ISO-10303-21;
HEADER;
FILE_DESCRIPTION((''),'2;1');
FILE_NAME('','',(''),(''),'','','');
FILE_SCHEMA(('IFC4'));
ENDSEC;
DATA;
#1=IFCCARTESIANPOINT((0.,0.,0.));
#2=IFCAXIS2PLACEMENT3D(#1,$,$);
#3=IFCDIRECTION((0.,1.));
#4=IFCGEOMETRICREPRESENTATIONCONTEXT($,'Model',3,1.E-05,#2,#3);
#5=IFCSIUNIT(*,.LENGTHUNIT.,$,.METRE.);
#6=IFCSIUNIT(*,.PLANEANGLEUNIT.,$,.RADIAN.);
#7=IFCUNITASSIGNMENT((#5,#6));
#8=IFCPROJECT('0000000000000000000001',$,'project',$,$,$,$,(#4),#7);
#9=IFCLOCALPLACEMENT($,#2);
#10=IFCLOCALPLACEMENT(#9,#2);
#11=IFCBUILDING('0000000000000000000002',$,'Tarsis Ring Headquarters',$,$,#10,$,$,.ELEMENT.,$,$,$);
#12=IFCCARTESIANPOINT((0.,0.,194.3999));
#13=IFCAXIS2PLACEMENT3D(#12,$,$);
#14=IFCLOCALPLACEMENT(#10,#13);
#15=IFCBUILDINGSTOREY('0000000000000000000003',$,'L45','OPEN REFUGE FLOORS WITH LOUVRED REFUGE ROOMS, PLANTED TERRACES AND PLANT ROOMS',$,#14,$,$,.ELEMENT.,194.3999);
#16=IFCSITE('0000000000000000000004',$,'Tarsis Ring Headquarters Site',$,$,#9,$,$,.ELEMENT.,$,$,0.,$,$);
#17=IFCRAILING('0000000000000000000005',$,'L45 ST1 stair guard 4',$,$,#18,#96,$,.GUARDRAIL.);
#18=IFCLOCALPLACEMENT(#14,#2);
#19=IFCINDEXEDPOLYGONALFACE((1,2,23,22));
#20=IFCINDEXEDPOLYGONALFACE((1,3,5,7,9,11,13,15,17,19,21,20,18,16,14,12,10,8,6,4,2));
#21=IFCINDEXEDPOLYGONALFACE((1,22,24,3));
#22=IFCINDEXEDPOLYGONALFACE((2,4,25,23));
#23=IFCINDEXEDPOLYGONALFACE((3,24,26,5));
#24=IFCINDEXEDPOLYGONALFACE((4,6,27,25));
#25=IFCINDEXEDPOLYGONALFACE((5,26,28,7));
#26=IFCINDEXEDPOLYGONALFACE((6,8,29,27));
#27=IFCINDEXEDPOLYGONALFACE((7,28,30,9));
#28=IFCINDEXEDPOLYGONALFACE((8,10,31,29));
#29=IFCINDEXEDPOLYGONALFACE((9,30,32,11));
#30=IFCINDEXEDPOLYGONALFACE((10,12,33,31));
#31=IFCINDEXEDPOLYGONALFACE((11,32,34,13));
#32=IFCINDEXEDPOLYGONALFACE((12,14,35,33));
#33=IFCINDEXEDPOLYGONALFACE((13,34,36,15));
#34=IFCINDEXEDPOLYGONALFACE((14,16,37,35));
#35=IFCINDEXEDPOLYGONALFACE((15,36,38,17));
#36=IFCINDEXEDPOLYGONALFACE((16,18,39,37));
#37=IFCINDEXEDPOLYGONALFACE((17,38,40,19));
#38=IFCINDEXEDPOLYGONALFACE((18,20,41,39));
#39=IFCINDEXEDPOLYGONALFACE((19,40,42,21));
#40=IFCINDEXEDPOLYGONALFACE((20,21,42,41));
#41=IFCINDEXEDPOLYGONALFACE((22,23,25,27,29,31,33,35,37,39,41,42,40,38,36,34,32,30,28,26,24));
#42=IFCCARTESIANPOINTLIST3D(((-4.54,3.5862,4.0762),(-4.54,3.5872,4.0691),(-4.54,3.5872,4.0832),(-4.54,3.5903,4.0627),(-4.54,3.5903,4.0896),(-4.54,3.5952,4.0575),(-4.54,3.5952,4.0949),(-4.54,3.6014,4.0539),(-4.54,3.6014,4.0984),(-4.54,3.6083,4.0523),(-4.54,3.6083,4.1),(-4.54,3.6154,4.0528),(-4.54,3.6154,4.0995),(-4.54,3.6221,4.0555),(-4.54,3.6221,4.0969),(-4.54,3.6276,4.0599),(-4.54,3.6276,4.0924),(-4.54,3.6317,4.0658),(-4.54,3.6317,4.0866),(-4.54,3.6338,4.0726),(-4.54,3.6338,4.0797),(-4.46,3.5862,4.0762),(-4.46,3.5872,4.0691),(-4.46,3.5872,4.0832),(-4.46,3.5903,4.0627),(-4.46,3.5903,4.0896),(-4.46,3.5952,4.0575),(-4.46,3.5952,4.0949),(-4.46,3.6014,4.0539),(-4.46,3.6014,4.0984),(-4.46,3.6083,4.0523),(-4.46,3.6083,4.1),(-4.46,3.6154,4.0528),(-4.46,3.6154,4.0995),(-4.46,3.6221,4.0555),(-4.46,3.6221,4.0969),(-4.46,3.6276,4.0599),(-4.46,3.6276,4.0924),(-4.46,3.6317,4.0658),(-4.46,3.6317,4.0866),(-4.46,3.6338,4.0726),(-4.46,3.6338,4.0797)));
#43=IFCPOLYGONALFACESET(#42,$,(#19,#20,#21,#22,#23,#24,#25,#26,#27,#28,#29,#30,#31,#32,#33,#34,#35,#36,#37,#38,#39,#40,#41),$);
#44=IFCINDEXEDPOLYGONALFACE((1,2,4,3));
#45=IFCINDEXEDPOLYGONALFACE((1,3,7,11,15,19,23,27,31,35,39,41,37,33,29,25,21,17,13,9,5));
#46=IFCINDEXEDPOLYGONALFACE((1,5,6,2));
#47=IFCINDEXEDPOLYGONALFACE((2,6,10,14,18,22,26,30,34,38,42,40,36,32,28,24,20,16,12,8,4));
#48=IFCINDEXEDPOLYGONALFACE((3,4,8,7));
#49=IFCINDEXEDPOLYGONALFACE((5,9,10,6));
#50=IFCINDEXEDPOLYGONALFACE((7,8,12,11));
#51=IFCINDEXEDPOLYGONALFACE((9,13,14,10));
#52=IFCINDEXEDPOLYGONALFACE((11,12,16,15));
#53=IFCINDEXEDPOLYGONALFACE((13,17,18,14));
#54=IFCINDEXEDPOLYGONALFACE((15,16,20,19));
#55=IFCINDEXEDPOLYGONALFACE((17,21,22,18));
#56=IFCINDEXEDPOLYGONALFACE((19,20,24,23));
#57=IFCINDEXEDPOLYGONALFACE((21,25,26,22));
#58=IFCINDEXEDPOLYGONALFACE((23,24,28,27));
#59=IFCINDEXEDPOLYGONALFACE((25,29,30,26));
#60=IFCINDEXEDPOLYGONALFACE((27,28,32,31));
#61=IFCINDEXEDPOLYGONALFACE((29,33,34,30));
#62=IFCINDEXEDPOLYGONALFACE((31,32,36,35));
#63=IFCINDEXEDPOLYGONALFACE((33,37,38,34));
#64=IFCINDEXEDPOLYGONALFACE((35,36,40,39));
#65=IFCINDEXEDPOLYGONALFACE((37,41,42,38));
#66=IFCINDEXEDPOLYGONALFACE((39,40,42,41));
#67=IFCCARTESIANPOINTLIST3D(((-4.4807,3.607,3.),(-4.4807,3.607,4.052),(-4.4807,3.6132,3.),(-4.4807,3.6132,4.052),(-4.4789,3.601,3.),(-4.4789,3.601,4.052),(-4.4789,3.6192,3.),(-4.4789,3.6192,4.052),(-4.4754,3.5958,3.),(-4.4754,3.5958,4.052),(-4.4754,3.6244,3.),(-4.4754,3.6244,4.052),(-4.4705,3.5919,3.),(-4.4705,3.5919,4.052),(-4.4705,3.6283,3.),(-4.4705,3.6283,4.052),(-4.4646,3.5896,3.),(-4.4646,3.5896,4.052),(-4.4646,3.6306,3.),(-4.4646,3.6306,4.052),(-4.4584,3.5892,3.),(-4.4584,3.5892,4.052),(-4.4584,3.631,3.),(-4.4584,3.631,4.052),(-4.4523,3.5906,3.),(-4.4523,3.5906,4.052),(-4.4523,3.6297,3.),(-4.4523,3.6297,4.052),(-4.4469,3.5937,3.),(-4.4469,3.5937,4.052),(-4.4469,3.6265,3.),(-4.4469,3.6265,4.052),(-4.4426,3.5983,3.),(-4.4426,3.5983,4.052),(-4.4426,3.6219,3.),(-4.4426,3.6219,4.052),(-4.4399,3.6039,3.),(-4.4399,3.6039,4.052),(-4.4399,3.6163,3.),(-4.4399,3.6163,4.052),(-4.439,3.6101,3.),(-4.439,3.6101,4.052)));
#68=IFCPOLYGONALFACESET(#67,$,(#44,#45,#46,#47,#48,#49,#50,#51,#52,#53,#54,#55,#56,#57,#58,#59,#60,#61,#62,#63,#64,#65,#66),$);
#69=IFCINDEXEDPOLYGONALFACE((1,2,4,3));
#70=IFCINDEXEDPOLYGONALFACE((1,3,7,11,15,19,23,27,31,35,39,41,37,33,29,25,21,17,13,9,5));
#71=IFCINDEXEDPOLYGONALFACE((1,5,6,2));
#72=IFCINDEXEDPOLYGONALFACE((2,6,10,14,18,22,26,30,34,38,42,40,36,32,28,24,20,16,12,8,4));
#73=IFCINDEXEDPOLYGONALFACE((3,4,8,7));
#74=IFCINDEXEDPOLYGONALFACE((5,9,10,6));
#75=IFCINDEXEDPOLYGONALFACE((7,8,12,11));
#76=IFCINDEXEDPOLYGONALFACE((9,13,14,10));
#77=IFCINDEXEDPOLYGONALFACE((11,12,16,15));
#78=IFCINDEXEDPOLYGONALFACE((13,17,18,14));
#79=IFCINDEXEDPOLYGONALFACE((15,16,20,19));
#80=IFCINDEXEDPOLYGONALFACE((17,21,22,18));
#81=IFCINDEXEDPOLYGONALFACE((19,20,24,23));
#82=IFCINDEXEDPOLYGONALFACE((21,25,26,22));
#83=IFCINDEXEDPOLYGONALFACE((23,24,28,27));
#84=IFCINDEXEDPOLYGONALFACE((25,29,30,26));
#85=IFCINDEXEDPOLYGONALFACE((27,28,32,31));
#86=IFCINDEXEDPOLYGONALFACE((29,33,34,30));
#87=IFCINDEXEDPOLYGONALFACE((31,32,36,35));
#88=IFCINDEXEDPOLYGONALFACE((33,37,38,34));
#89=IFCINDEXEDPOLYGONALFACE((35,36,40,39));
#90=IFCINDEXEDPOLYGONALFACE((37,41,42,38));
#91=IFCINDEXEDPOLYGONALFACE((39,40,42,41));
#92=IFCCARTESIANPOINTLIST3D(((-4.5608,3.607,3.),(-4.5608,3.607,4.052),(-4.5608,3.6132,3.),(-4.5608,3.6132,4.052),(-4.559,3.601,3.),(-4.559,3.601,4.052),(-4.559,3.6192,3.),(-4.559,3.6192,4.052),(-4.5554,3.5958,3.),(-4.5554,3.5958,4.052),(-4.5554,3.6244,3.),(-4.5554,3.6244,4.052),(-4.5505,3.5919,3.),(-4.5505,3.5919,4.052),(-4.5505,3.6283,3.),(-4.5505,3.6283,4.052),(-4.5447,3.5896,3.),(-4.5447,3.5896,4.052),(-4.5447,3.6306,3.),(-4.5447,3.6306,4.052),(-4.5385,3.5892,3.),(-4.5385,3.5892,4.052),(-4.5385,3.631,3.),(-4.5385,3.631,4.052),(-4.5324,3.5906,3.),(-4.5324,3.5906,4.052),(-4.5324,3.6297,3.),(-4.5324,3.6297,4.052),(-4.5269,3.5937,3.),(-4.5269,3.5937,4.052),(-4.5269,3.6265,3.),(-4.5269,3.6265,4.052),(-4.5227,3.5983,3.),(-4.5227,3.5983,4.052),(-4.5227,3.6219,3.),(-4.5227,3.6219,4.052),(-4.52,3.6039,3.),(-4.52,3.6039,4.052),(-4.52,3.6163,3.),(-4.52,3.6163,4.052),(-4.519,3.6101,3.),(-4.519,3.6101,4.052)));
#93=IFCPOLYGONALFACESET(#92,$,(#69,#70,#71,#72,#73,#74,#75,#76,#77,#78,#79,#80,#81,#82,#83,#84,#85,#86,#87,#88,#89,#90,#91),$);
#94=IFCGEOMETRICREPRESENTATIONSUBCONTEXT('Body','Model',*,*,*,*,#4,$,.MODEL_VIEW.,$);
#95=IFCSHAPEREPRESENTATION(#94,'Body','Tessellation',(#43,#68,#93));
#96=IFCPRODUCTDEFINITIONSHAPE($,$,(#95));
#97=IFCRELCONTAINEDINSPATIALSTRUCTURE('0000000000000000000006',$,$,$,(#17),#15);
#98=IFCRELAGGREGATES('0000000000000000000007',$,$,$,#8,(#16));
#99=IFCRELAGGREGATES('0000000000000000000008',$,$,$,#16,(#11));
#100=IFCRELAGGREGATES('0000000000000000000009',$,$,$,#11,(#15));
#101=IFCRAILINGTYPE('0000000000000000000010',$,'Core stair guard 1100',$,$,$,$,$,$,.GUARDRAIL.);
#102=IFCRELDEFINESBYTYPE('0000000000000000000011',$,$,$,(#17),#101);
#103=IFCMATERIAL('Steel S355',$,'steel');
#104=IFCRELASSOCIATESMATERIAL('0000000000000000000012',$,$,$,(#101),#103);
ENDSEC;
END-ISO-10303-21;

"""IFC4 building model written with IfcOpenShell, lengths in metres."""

from ifc_helpers import new_model, si_unit, direction, frame, origin, origin_2d, place, context, subcontext, project, spatial, circle, extrude, material, type_object, element, save


model = new_model("IFC4")

# Units and contexts
model_context = context("Model", 3, precision=1e-05, world=origin(), true_north=direction((0.0, 1.0)))
body_context = subcontext(model_context, "Body", "Model", "MODEL_VIEW")
ifc_project = project(units=[si_unit("LENGTHUNIT", "METRE"), si_unit("PLANEANGLEUNIT", "RADIAN")], contexts=[model_context])

# Site, building, storey
site_placement = place(None, origin())
site = spatial("IfcSite", under=ifc_project, at=site_placement, Name="Tarsis Ring Headquarters Site", CompositionType="ELEMENT", RefElevation=0.0)
building_placement = place(site_placement, origin())
building = spatial("IfcBuilding", under=site, at=building_placement, Name="Tarsis Ring Headquarters", CompositionType="ELEMENT")
storey_placement = place(building_placement, frame((0.0, 0.0, 194.3999)))
storey = spatial("IfcBuildingStorey", under=building, at=storey_placement, Name="L45", Description="OPEN REFUGE FLOORS WITH LOUVRED REFUGE ROOMS, PLANTED TERRACES AND PLANT ROOMS", CompositionType="ELEMENT", Elevation=194.3999)

# Shared definitions
ifc_material_1 = material(Name="Steel S355", Category="steel")

# Railing
railing_type_1 = type_object("IfcRailingType", Name="Core stair guard 1100", PredefinedType="GUARDRAIL", material=ifc_material_1)
railing_1_placement = place(storey_placement, frame((-4.46, 3.6101, 3.0)))
element("IfcRailing", 1, at=railing_1_placement, inside=storey, type_object=railing_type_1, Name="L45 ST1 stair guard 4", PredefinedType="GUARDRAIL", context=body_context, shape_type="SweptSolid", body=[
    extrude(circle(Radius=0.0239, at=origin_2d()), frame((0.0, 0.0, 1.0762), z_axis=(-1.0, 0.0, 0.0), x_axis=(0.0, -1.0, 0.0)), (0.0, 0.0, 1.0), 0.0801),
    extrude(circle(Radius=0.021, at=origin_2d()), origin(), (0.0, 0.0, 1.0), 1.052),
    extrude(circle(Radius=0.021, at=origin_2d()), frame((-0.0801, 0.0, 0.0)), (0.0, 0.0, 1.0), 1.052),
])

save(model, "model.ifc")
